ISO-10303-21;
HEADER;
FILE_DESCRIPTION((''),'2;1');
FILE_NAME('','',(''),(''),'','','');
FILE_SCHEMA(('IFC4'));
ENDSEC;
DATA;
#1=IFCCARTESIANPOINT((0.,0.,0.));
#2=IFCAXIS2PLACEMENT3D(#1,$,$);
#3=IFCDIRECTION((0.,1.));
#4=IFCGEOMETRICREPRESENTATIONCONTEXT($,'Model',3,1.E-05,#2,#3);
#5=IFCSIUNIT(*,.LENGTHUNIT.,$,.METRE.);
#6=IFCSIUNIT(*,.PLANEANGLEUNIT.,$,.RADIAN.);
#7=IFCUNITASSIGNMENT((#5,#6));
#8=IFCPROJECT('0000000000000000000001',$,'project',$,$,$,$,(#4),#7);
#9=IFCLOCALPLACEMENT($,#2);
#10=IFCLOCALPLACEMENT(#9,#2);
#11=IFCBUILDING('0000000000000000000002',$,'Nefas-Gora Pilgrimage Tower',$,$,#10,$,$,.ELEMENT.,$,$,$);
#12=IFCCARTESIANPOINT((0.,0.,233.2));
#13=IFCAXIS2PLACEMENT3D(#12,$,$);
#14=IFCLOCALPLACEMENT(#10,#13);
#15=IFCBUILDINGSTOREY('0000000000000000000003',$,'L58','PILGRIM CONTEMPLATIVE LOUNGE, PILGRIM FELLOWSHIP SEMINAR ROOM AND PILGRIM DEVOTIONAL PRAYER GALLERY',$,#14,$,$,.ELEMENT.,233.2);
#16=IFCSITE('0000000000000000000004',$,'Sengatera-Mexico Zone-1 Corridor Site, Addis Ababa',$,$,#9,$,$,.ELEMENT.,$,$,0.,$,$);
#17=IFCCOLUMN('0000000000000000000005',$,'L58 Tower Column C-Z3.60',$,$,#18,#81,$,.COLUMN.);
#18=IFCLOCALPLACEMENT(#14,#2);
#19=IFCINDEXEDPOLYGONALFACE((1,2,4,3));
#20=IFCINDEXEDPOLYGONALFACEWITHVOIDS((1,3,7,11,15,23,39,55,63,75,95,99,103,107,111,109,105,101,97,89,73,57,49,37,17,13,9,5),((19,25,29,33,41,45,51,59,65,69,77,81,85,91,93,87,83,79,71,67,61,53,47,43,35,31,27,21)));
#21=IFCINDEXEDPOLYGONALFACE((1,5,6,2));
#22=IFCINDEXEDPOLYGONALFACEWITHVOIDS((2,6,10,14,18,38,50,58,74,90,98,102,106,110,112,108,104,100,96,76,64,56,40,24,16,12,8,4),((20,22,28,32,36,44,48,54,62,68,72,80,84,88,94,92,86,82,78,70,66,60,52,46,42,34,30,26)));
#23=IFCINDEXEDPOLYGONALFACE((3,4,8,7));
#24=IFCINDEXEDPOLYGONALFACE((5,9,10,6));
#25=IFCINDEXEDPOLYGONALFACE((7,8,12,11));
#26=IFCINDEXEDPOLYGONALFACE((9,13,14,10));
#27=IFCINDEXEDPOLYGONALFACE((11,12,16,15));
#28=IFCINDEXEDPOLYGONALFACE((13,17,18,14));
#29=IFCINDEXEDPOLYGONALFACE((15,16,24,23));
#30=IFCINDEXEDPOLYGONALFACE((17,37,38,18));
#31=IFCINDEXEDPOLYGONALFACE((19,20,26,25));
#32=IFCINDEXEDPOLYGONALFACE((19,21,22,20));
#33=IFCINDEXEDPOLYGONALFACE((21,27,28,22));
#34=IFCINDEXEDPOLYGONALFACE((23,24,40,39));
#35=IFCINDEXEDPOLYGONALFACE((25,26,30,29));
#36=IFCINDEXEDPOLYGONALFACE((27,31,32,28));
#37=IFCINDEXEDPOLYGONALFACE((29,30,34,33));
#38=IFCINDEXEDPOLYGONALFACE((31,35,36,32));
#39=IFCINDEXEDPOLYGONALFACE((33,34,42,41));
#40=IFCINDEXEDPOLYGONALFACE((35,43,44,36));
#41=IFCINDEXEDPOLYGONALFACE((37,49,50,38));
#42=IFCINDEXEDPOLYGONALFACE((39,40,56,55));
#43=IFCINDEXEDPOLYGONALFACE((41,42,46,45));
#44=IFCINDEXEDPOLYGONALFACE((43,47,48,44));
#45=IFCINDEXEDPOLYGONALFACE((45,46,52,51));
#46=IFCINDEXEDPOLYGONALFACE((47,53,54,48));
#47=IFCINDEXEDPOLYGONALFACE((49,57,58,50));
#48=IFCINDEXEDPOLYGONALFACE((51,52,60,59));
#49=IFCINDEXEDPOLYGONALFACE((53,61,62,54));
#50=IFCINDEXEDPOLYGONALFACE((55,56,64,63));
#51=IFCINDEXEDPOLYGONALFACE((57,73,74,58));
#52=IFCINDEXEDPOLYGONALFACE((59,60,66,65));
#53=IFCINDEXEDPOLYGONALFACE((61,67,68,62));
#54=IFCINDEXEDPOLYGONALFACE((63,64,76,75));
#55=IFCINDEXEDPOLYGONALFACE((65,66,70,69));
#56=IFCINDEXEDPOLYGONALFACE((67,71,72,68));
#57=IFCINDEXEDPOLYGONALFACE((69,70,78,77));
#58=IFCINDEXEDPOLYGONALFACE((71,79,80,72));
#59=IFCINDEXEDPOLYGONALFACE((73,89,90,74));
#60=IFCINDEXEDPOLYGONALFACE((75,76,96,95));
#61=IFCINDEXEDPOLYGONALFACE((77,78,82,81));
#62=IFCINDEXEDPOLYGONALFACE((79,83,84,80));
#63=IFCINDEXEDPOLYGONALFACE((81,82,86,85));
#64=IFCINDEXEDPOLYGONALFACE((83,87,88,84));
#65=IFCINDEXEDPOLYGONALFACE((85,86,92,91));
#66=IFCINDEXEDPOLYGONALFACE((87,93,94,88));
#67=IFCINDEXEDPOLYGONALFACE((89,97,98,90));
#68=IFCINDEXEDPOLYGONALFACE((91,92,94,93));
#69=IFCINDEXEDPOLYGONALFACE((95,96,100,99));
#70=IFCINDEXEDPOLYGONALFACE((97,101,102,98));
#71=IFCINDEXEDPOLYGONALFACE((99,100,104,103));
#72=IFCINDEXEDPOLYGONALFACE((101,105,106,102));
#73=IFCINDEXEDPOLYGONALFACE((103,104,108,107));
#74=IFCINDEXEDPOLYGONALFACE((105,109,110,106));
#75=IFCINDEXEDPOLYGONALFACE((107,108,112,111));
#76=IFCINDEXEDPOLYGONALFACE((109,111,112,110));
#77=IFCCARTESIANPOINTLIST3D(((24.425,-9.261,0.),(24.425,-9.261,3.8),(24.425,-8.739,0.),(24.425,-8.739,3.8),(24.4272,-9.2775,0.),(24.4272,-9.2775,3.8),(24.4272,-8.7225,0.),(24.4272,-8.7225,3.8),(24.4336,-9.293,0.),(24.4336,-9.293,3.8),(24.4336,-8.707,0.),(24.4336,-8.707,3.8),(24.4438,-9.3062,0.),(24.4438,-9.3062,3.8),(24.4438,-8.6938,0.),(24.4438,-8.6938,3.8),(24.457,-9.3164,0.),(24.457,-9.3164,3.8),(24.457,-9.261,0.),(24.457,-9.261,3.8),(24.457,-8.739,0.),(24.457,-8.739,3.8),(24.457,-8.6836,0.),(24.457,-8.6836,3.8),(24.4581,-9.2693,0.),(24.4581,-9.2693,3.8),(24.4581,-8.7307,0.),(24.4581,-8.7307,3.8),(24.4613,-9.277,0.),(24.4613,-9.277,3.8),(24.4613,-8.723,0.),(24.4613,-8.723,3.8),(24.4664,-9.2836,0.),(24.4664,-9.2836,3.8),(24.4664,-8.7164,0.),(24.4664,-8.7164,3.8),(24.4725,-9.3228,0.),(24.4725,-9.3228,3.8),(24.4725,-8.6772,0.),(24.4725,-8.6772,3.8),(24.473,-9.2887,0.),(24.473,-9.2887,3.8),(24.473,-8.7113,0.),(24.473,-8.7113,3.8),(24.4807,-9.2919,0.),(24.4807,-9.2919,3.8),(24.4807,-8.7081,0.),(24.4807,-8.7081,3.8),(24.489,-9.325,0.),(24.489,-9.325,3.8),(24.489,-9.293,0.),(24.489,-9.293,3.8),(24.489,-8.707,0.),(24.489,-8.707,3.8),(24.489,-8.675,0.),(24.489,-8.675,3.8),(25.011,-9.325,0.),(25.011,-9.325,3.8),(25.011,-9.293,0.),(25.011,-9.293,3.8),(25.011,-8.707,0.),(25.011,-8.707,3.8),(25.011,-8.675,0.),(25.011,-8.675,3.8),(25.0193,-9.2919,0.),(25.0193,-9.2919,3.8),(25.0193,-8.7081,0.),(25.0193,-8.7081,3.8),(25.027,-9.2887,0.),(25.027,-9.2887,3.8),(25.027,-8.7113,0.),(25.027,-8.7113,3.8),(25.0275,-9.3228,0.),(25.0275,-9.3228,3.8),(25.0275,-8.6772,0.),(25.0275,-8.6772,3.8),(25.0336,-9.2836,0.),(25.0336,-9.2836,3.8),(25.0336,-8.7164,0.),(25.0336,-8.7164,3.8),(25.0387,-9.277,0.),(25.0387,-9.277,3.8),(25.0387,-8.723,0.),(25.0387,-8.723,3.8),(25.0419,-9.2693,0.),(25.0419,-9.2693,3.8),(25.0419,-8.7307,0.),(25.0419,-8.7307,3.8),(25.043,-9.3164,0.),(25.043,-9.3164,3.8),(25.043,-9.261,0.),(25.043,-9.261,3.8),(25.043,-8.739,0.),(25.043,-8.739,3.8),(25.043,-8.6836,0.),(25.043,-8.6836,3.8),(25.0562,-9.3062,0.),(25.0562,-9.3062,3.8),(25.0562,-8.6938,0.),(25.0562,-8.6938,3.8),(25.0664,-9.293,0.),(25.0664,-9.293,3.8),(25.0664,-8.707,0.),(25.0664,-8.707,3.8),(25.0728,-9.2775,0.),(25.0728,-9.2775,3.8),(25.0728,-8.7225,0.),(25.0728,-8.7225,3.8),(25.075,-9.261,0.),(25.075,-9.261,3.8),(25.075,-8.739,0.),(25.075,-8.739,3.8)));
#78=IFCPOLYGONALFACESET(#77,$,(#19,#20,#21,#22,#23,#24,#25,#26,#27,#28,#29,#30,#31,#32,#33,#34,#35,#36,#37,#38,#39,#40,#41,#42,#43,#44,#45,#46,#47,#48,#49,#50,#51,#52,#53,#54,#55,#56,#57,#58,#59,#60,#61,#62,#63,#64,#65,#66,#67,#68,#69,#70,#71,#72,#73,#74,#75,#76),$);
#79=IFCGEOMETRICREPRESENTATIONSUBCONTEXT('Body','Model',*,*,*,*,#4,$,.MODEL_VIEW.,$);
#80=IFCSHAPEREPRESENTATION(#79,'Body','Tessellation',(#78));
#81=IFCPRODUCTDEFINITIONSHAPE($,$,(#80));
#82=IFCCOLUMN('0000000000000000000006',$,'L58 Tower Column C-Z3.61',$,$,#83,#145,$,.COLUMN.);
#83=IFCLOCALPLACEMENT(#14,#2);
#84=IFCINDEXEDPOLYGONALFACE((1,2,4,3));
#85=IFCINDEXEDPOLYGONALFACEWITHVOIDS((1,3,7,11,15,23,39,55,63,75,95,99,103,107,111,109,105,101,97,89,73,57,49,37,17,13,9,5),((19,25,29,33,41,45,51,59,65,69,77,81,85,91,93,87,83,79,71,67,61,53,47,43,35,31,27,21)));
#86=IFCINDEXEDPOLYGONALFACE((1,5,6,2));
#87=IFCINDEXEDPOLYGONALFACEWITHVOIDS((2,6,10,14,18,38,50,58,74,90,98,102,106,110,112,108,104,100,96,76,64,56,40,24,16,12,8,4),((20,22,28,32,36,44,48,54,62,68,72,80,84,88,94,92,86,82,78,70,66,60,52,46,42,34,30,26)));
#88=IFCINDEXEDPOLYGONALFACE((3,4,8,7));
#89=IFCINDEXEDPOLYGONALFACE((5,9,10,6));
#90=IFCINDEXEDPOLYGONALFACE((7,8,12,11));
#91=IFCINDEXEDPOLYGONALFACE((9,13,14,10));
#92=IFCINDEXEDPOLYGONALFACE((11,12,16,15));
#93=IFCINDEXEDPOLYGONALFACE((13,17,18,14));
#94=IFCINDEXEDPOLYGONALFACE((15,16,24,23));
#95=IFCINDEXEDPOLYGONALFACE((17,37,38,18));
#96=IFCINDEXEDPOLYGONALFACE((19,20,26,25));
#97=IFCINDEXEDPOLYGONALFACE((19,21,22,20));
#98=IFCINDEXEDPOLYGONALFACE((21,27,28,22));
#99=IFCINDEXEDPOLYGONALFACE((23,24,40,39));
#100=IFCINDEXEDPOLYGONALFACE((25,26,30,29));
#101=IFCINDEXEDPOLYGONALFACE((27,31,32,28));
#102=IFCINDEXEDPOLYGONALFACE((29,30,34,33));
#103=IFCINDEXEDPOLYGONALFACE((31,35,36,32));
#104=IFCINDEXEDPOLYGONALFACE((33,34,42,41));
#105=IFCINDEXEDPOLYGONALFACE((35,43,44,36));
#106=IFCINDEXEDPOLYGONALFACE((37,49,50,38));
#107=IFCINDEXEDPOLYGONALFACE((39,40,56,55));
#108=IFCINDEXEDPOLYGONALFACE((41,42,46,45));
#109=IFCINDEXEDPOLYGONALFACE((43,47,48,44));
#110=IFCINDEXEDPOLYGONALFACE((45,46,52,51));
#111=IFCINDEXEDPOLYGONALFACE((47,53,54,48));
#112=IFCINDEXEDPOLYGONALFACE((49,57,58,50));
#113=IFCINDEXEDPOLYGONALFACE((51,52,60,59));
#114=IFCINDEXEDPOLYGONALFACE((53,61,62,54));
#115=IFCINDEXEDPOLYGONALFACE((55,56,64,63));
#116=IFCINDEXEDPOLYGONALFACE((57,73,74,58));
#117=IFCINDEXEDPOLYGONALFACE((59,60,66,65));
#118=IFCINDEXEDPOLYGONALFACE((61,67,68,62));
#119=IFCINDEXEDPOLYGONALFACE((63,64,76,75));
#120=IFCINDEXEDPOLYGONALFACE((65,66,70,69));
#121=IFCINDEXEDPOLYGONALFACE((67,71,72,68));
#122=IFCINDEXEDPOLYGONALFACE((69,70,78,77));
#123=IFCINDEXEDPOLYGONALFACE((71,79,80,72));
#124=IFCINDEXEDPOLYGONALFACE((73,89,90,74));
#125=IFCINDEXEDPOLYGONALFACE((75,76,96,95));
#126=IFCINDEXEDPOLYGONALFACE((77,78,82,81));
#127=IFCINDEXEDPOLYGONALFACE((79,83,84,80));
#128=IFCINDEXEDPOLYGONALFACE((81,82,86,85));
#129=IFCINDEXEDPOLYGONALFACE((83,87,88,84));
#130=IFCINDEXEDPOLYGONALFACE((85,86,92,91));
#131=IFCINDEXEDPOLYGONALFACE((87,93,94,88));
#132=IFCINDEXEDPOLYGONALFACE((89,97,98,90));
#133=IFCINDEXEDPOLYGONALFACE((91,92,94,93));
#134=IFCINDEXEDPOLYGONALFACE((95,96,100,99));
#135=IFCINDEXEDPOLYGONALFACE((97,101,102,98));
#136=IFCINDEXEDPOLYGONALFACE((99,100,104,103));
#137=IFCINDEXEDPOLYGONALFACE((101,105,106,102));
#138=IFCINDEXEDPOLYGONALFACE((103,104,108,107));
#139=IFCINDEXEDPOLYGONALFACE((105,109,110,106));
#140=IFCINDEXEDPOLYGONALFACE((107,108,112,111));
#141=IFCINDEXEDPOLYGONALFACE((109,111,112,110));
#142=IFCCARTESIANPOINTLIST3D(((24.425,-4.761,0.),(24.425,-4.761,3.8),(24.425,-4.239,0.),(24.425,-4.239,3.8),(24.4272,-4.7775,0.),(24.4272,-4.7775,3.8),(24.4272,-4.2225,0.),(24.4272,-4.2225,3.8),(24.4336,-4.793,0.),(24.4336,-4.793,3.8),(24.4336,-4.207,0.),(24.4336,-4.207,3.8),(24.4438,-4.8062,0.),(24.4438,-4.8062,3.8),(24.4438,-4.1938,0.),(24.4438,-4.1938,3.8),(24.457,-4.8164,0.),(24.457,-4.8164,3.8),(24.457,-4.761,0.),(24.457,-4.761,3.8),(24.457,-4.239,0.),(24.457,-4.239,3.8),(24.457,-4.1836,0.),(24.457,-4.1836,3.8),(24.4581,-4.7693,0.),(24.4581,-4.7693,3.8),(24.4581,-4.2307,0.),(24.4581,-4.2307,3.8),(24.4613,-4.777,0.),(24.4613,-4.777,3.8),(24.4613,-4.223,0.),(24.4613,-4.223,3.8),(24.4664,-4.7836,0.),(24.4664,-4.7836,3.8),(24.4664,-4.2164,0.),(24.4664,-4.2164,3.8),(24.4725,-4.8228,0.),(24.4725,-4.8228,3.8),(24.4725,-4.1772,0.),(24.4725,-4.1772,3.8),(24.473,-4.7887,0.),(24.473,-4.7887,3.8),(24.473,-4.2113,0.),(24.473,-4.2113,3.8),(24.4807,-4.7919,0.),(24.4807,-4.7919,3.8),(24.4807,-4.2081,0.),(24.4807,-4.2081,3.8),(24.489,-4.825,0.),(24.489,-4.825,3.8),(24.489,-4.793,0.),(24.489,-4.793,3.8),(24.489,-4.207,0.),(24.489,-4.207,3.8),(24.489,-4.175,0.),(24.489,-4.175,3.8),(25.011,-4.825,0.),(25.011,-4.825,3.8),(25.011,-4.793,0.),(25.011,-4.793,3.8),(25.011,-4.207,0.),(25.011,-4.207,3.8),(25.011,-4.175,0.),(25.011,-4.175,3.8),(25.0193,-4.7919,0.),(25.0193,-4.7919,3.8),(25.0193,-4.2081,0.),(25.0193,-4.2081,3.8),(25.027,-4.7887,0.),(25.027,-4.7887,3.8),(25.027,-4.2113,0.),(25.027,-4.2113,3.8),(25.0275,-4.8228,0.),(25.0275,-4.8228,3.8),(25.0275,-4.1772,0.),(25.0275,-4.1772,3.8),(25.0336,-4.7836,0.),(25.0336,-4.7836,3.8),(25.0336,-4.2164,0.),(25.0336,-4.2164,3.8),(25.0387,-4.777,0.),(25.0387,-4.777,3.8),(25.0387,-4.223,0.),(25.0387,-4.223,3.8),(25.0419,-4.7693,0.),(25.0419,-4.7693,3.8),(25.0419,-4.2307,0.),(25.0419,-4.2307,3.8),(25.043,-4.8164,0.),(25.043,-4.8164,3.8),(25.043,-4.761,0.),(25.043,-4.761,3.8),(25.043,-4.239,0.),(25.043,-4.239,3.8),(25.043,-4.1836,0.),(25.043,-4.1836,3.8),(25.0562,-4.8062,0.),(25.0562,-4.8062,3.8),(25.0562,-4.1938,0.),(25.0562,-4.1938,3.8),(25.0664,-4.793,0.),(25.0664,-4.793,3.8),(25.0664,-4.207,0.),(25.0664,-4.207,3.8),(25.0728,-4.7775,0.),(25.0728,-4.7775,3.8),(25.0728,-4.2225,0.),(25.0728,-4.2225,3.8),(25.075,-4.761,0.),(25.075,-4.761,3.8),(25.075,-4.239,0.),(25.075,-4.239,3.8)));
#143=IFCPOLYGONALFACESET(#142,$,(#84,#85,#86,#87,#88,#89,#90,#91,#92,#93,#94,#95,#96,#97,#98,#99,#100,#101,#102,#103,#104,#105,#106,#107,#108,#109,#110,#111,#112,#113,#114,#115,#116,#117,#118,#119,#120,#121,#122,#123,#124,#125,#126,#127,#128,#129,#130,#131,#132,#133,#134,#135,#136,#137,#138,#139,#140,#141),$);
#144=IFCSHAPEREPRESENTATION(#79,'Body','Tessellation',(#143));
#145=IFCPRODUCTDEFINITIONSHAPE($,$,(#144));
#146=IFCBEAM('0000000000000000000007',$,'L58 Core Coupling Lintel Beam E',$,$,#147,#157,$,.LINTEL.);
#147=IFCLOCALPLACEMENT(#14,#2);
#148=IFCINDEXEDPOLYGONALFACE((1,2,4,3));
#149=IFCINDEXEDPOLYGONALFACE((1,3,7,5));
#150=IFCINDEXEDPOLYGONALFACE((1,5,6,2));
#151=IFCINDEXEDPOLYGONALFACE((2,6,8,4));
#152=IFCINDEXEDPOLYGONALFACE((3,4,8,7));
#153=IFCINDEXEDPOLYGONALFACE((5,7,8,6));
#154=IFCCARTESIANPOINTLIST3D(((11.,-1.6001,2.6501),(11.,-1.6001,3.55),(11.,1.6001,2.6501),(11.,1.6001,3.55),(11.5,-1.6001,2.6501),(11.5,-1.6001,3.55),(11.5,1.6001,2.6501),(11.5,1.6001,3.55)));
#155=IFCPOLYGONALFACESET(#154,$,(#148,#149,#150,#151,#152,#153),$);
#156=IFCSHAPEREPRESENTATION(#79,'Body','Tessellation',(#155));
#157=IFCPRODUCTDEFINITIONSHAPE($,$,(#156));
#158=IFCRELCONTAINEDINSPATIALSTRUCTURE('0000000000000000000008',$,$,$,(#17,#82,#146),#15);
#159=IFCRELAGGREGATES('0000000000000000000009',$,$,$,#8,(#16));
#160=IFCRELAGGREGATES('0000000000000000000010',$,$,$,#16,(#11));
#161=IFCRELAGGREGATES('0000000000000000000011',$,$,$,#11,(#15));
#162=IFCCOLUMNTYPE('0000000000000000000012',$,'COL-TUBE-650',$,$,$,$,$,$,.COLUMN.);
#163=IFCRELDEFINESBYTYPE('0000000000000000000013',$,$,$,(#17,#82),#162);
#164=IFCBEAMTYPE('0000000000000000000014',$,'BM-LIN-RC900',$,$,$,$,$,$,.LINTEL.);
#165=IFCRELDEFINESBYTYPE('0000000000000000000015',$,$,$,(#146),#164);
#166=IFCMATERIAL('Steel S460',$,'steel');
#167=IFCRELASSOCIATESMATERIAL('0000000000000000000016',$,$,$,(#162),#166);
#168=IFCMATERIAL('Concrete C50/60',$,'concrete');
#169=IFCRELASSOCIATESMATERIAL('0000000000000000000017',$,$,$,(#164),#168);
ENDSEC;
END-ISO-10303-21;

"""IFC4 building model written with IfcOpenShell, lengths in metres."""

from ifc_helpers import new_model, si_unit, direction, frame, origin, origin_2d, place, context, subcontext, project, spatial, rectangle, hollow_rectangle, extrude, source, transform, mapped, material, material_profile, profile_set, type_object, element, save


model = new_model("IFC4")

# Units and contexts
model_context = context("Model", 3, precision=1e-05, world=origin(), true_north=direction((0.0, 1.0)))
body_context = subcontext(model_context, "Body", "Model", "MODEL_VIEW")
ifc_project = project(units=[si_unit("LENGTHUNIT", "METRE"), si_unit("PLANEANGLEUNIT", "RADIAN")], contexts=[model_context])

# Site, building, storey
site_placement = place(None, origin())
site = spatial("IfcSite", under=ifc_project, at=site_placement, Name="Sengatera-Mexico Zone-1 Corridor Site, Addis Ababa", CompositionType="ELEMENT", RefElevation=0.0)
building_placement = place(site_placement, origin())
building = spatial("IfcBuilding", under=site, at=building_placement, Name="Nefas-Gora Pilgrimage Tower", CompositionType="ELEMENT")
storey_placement = place(building_placement, frame((0.0, 0.0, 233.2)))
storey = spatial("IfcBuildingStorey", under=building, at=storey_placement, Name="L58", Description="PILGRIM CONTEMPLATIVE LOUNGE, PILGRIM FELLOWSHIP SEMINAR ROOM AND PILGRIM DEVOTIONAL PRAYER GALLERY", CompositionType="ELEMENT", Elevation=233.2)

# Columns
ifc_material_1 = material(Name="Steel S460", Category="steel")
ifc_material_profile_1 = material_profile(ifc_material_1, hollow_rectangle(XDim=0.6499, YDim=0.6499, WallThickness=0.032, InnerFilletRadius=0.032, OuterFilletRadius=0.064, at=origin_2d()), Name="BOX 650x650x32")
ifc_profile_set_1 = profile_set([ifc_material_profile_1], Name="Steel S460")
column_type_1 = type_object("IfcColumnType", Name="COL-TUBE-650", PredefinedType="COLUMN", material=ifc_profile_set_1)
shared_shape_1 = source(origin(), body_context, "Body", "SweptSolid", [
    extrude(hollow_rectangle(XDim=0.6499, YDim=0.6499, WallThickness=0.032, InnerFilletRadius=0.032, OuterFilletRadius=0.064, at=origin_2d()), origin(), (0.0, 0.0, 1.0), 3.8),
])
for number, where, z_axis, x_axis, name in (
    (1, (24.75, -9.0, 0.0), (0.0, 0.0, 1.0), (1.0, 0.0, 0.0), "L58 Tower Column C-Z3.60"),
    (2, (24.75, -4.5, 0.0), (0.0, 0.0, 1.0), (1.0, 0.0, 0.0), "L58 Tower Column C-Z3.61"),
):
    element("IfcColumn", number, at=place(storey_placement, frame(where, z_axis=z_axis, x_axis=x_axis)), inside=storey, type_object=column_type_1, Name=name, PredefinedType="COLUMN", context=body_context, shape_type="MappedRepresentation", body=[
        mapped(shared_shape_1, transform((0.0, 0.0, 0.0), x_axis=(1.0, 0.0, 0.0), y_axis=(0.0, 1.0, 0.0), z_axis=(0.0, 0.0, 1.0), scale=1.0)),
    ])

# Beam
ifc_material_2 = material(Name="Concrete C50/60", Category="concrete")
ifc_material_profile_2 = material_profile(ifc_material_2, rectangle(XDim=0.5, YDim=0.8999, at=origin_2d()), Name="RC 500x900")
ifc_profile_set_2 = profile_set([ifc_material_profile_2], Name="Concrete C50/60")
beam_type_1 = type_object("IfcBeamType", Name="BM-LIN-RC900", PredefinedType="LINTEL", material=ifc_profile_set_2)
shared_shape_2 = source(origin(), body_context, "Body", "SweptSolid", [
    extrude(rectangle(XDim=0.5, YDim=0.8999, at=origin_2d()), origin(), (0.0, 0.0, 1.0), 3.2002),
])
beam_placement = place(storey_placement, frame((11.25, -1.6001, 3.1001), z_axis=(0.0, 1.0, 0.0), x_axis=(-1.0, 0.0, 0.0)))
element("IfcBeam", 3, at=beam_placement, inside=storey, type_object=beam_type_1, Name="L58 Core Coupling Lintel Beam E", PredefinedType="LINTEL", context=body_context, shape_type="MappedRepresentation", body=[
    mapped(shared_shape_2, transform((0.0, 0.0, 0.0), x_axis=(1.0, 0.0, 0.0), y_axis=(0.0, 1.0, 0.0), z_axis=(0.0, 0.0, 1.0), scale=1.0)),
])

save(model, "model.ifc")
